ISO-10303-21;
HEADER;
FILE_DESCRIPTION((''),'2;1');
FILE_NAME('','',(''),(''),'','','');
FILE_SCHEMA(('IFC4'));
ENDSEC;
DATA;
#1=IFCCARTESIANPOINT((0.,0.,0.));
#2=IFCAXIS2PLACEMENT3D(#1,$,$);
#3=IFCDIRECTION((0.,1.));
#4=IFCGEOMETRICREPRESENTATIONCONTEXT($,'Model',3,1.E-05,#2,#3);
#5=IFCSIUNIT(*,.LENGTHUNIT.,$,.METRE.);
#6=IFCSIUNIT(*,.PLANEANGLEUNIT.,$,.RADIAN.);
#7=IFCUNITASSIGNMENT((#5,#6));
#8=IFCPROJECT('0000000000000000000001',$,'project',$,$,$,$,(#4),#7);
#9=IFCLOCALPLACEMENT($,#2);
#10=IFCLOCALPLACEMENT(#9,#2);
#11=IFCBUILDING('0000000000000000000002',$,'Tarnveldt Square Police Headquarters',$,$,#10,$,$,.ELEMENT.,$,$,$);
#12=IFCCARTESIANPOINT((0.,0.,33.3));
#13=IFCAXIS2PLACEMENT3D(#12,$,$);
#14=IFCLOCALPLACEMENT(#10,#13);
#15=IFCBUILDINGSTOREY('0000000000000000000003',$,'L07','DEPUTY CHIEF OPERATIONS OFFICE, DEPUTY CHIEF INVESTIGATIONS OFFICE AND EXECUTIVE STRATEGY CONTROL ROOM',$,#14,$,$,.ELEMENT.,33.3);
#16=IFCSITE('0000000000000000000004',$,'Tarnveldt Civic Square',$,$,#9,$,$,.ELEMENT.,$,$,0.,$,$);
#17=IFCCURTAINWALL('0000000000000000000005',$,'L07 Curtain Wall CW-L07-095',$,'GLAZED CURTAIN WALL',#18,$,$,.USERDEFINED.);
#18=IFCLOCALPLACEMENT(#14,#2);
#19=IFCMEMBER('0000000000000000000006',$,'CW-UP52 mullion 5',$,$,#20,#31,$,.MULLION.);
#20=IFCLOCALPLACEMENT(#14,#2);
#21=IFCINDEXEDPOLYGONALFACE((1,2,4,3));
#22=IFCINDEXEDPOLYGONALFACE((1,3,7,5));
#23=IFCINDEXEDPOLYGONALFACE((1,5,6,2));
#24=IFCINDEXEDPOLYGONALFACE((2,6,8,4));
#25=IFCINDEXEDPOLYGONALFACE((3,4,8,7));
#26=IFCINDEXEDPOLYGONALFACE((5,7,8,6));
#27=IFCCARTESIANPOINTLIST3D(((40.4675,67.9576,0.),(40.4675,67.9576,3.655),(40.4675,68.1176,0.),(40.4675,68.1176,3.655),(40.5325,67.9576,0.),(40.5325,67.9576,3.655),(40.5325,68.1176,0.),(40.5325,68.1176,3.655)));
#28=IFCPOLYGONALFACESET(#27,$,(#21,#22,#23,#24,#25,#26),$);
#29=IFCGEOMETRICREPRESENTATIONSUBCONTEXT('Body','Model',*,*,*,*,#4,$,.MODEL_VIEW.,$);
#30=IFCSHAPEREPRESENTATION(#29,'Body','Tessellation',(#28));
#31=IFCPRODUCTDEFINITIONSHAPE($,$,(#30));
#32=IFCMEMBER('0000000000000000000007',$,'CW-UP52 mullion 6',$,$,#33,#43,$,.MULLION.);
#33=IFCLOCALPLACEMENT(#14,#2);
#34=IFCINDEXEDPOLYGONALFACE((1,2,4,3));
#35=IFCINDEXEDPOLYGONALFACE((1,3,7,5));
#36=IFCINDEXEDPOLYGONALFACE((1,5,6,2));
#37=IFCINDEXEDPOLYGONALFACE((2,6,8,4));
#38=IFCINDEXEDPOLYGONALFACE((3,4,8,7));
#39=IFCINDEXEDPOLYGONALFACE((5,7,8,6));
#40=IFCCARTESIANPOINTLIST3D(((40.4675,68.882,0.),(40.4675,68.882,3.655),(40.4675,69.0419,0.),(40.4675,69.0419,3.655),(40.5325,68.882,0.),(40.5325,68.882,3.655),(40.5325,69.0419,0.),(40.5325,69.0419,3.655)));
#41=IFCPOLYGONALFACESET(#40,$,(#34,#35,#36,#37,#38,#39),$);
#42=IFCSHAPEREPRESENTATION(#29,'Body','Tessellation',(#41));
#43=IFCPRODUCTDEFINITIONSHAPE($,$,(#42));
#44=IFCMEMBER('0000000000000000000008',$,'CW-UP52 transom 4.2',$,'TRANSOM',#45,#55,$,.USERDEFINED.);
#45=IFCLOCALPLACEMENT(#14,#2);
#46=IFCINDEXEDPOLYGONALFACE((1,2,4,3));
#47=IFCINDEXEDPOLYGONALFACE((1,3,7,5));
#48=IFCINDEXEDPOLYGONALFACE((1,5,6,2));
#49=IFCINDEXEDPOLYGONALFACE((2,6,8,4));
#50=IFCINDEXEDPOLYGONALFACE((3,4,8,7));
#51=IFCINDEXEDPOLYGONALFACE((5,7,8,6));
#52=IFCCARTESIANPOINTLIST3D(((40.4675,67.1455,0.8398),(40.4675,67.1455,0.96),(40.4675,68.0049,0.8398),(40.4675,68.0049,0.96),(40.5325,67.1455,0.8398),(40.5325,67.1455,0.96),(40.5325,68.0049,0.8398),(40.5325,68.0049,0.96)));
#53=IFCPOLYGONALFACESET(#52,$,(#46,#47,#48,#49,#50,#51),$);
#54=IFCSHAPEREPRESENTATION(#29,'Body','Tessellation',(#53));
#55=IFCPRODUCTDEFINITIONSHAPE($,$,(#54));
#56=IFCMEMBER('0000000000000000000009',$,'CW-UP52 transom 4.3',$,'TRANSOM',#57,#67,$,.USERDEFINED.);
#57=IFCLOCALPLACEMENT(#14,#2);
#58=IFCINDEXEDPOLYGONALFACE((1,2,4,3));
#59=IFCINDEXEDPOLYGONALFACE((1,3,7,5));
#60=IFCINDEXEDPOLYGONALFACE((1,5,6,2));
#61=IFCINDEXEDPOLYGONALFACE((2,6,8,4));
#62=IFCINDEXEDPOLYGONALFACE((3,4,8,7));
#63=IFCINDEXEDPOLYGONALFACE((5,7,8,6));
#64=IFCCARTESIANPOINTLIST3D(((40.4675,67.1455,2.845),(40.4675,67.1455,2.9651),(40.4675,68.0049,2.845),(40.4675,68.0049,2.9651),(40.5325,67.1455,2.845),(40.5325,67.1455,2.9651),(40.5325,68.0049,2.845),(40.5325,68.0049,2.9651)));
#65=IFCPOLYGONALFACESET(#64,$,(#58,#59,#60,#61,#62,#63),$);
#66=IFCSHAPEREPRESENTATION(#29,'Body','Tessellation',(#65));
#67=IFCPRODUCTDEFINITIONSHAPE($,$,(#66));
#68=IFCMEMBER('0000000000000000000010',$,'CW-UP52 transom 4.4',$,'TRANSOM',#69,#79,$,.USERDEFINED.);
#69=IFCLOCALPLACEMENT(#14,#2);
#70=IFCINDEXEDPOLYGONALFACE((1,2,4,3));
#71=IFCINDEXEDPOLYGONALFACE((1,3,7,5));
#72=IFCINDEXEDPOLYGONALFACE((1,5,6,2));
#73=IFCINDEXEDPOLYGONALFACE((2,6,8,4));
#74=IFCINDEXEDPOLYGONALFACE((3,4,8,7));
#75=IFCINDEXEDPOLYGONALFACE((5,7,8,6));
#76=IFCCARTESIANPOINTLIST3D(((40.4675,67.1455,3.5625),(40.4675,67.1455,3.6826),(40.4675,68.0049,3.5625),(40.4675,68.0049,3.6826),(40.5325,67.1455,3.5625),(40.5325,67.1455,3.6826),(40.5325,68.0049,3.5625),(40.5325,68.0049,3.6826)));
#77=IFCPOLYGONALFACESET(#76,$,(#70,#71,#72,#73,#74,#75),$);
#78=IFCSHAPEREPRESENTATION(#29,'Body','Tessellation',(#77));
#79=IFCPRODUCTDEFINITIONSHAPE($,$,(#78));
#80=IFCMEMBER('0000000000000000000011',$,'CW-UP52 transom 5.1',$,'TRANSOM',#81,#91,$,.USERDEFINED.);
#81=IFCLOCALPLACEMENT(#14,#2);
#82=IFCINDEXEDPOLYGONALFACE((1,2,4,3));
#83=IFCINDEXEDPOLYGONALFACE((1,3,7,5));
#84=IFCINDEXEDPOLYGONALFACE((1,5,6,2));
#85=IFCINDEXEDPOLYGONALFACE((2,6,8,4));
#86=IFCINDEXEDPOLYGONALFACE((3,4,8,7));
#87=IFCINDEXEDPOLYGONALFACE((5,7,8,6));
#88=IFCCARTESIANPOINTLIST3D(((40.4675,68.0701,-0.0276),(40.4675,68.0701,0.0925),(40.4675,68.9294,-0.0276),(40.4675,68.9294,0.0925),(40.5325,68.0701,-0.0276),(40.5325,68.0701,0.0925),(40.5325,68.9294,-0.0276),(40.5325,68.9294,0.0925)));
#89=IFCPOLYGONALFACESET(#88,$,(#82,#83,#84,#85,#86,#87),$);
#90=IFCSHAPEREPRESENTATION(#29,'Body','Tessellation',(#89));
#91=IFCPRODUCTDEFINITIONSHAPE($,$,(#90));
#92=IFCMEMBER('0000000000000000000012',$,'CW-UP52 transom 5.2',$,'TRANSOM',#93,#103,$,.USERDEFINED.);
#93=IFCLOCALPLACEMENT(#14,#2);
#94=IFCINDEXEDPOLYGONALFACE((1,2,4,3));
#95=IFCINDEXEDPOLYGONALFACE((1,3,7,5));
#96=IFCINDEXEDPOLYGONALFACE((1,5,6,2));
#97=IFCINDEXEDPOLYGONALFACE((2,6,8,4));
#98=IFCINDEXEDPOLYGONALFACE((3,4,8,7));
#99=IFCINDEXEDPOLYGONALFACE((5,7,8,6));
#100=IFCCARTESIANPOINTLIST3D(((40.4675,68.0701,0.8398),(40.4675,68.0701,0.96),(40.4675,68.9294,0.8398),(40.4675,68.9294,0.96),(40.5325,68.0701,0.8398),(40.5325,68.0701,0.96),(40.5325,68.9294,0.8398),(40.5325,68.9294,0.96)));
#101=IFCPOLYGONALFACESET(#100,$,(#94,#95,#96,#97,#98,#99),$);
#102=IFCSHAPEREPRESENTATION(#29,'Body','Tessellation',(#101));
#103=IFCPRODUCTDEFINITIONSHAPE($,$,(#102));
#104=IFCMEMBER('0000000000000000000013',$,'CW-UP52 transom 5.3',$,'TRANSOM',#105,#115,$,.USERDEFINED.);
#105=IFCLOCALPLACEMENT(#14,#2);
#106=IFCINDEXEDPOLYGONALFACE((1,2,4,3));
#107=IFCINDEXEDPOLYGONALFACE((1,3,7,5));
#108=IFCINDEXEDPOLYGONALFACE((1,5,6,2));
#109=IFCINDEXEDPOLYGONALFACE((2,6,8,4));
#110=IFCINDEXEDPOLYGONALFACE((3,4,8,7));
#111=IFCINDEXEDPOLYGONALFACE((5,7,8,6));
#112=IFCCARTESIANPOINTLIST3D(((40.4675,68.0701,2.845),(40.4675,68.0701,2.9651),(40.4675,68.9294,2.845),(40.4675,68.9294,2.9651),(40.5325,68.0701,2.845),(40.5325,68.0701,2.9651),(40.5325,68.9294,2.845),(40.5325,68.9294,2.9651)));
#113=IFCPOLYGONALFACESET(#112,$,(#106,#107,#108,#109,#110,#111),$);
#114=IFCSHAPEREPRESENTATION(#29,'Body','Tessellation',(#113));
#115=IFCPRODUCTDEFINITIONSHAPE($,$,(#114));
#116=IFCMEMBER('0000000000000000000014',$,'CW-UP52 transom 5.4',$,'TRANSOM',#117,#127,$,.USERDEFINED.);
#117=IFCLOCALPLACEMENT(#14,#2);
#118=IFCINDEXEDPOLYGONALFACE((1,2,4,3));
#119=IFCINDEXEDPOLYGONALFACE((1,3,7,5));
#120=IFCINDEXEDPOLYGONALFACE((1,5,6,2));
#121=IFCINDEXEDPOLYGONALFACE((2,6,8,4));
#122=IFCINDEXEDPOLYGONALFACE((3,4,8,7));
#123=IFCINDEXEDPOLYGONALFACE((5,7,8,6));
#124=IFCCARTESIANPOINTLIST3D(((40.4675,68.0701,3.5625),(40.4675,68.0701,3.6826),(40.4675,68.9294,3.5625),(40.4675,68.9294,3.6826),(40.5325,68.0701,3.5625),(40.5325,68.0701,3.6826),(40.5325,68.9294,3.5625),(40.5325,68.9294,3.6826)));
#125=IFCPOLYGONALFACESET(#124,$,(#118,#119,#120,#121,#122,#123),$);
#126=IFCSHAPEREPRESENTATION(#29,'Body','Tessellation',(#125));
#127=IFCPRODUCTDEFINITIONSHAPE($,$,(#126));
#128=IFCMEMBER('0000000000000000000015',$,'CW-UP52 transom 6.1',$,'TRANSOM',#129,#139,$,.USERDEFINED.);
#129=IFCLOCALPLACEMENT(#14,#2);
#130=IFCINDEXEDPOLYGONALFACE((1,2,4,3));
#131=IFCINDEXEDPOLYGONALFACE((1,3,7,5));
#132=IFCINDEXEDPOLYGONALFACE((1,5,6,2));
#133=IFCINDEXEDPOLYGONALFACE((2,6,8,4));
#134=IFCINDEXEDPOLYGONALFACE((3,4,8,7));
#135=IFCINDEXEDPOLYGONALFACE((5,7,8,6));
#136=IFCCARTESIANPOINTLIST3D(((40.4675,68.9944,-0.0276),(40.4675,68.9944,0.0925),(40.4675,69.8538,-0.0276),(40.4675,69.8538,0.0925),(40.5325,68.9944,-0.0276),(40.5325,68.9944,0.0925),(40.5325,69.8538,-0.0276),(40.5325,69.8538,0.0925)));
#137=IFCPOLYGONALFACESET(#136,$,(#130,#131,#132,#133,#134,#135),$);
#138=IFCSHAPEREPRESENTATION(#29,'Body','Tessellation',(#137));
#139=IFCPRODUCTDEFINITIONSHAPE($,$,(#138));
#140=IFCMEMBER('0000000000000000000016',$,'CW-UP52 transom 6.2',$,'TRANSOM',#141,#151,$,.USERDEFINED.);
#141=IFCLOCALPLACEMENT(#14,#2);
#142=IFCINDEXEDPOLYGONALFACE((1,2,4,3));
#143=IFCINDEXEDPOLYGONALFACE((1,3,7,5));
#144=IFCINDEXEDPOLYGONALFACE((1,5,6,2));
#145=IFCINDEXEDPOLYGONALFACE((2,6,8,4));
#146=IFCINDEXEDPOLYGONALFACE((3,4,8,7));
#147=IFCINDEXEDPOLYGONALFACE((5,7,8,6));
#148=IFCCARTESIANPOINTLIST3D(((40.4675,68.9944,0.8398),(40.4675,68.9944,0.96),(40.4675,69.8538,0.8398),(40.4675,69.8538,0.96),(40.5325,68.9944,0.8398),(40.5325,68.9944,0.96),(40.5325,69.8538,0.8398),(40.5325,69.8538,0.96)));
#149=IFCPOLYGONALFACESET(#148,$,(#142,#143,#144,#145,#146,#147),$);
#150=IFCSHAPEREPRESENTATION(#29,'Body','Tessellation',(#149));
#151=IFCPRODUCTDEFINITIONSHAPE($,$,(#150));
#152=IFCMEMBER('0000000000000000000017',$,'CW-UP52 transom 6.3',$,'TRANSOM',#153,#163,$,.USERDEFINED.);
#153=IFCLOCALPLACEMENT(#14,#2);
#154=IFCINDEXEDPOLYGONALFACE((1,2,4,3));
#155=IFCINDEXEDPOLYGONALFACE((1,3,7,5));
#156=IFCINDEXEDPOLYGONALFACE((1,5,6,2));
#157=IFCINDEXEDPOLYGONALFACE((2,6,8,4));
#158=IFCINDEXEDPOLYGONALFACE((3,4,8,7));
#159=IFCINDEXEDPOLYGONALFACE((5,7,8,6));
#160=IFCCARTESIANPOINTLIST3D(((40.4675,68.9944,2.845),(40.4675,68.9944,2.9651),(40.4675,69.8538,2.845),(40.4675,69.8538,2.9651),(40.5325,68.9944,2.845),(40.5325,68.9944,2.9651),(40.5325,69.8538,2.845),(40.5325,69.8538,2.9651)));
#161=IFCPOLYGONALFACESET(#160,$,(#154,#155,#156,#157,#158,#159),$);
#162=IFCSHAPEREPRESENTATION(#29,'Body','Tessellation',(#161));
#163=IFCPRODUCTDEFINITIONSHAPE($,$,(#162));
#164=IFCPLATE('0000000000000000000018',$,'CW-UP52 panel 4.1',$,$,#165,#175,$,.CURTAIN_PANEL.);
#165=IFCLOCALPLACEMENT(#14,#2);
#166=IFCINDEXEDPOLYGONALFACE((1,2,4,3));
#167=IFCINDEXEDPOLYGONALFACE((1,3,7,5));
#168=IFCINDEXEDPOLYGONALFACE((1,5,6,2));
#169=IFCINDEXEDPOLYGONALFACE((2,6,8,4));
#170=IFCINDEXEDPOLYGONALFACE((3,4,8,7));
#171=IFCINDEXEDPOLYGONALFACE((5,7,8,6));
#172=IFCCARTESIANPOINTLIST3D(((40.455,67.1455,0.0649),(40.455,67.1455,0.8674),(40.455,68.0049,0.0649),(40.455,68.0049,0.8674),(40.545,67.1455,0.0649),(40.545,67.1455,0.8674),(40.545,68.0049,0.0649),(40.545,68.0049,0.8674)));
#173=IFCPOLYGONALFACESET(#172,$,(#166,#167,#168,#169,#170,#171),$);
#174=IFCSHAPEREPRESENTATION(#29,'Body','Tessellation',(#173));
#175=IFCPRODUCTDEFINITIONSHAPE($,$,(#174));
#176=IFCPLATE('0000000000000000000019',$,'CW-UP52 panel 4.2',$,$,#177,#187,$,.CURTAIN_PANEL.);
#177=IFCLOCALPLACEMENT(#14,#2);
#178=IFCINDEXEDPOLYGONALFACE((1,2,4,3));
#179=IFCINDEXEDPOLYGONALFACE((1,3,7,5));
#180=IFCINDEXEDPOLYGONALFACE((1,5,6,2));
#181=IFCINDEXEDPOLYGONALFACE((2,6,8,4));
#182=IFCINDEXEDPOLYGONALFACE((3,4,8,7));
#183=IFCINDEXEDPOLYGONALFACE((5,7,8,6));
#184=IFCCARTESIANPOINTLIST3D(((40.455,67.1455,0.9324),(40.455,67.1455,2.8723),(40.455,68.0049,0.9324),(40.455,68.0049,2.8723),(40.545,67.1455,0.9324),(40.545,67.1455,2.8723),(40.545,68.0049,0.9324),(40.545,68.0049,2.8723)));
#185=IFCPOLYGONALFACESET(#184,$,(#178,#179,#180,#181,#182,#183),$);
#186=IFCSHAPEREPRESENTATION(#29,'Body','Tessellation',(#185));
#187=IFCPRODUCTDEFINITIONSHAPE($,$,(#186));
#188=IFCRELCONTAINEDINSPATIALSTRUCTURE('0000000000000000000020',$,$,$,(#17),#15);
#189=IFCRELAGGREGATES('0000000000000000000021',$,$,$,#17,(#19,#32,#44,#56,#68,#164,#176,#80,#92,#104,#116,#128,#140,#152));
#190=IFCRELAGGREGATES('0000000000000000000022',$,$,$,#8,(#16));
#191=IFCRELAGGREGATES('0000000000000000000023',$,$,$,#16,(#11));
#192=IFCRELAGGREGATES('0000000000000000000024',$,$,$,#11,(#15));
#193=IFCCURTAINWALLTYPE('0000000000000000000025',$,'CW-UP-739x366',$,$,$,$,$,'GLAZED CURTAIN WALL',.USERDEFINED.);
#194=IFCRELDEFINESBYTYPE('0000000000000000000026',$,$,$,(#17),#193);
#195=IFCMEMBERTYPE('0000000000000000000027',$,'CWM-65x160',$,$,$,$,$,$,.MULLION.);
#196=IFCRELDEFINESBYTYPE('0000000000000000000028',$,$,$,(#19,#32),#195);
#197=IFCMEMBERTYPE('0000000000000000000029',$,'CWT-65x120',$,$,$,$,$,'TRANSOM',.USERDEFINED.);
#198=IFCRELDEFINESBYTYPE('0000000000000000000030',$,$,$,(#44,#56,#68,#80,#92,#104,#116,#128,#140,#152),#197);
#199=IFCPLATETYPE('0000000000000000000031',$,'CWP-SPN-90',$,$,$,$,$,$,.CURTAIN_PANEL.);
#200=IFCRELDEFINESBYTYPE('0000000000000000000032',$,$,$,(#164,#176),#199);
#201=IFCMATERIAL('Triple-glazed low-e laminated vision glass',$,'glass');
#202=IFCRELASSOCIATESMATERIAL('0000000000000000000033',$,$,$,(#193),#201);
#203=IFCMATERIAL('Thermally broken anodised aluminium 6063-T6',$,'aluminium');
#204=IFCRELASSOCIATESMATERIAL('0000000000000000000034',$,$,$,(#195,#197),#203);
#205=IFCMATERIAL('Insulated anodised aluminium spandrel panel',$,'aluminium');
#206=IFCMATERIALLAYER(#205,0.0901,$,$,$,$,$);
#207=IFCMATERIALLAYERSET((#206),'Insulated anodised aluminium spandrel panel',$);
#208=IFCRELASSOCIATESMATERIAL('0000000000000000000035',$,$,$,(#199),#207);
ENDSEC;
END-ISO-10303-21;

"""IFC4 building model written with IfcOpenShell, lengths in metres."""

from ifc_helpers import new_model, si_unit, direction, frame, origin, origin_2d, place, context, subcontext, project, spatial, rectangle, extrude, material, layer, layer_set, material_profile, profile_set, type_object, element, aggregate, save


model = new_model("IFC4")

# Units and contexts
model_context = context("Model", 3, precision=1e-05, world=origin(), true_north=direction((0.0, 1.0)))
body_context = subcontext(model_context, "Body", "Model", "MODEL_VIEW")
ifc_project = project(units=[si_unit("LENGTHUNIT", "METRE"), si_unit("PLANEANGLEUNIT", "RADIAN")], contexts=[model_context])

# Site, building, storey
site_placement = place(None, origin())
site = spatial("IfcSite", under=ifc_project, at=site_placement, Name="Tarnveldt Civic Square", CompositionType="ELEMENT", RefElevation=0.0)
building_placement = place(site_placement, origin())
building = spatial("IfcBuilding", under=site, at=building_placement, Name="Tarnveldt Square Police Headquarters", CompositionType="ELEMENT")
storey_placement = place(building_placement, frame((0.0, 0.0, 33.3)))
storey = spatial("IfcBuildingStorey", under=building, at=storey_placement, Name="L07", Description="DEPUTY CHIEF OPERATIONS OFFICE, DEPUTY CHIEF INVESTIGATIONS OFFICE AND EXECUTIVE STRATEGY CONTROL ROOM", CompositionType="ELEMENT", Elevation=33.3)

# Curtain wall, members, plates
ifc_material_1 = material(Name="Triple-glazed low-e laminated vision glass", Category="glass")
curtain_wall_type = type_object("IfcCurtainWallType", Name="CW-UP-739x366", ElementType="GLAZED CURTAIN WALL", PredefinedType="USERDEFINED", material=ifc_material_1)
curtain_wall_placement = place(storey_placement, origin())
curtain_wall = element("IfcCurtainWall", 1, at=curtain_wall_placement, inside=storey, type_object=curtain_wall_type, Name="L07 Curtain Wall CW-L07-095", ObjectType="GLAZED CURTAIN WALL", PredefinedType="USERDEFINED")
ifc_material_2 = material(Name="Thermally broken anodised aluminium 6063-T6", Category="aluminium")
ifc_material_profile_1 = material_profile(ifc_material_2, rectangle(XDim=0.0649, YDim=0.1599, at=origin_2d()), Name="CW-M65x160")
ifc_profile_set_1 = profile_set([ifc_material_profile_1], Name="Thermally broken anodised aluminium 6063-T6")
member_type_1 = type_object("IfcMemberType", Name="CWM-65x160", PredefinedType="MULLION", material=ifc_profile_set_1)
member_1_placement = place(storey_placement, frame((40.5, 68.0376, 0.0), z_axis=(0.0, 0.0, 1.0), x_axis=(-1.0, 0.0, 0.0)))
member_1 = element("IfcMember", 2, at=member_1_placement, type_object=member_type_1, Name="CW-UP52 mullion 5", PredefinedType="MULLION", context=body_context, shape_type="SweptSolid", body=[
    extrude(rectangle(XDim=0.0649, YDim=0.1599, at=origin_2d()), origin(), (0.0, 0.0, 1.0), 3.655),
])
member_2_placement = place(storey_placement, frame((40.5, 68.9619, 0.0), z_axis=(0.0, 0.0, 1.0), x_axis=(-1.0, 0.0, 0.0)))
member_2 = element("IfcMember", 3, at=member_2_placement, type_object=member_type_1, Name="CW-UP52 mullion 6", PredefinedType="MULLION", context=body_context, shape_type="SweptSolid", body=[
    extrude(rectangle(XDim=0.0649, YDim=0.1599, at=origin_2d()), origin(), (0.0, 0.0, 1.0), 3.655),
])
ifc_material_profile_2 = material_profile(ifc_material_2, rectangle(XDim=0.0649, YDim=0.1201, at=origin_2d()), Name="CW-T65x120")
ifc_profile_set_2 = profile_set([ifc_material_profile_2], Name="Thermally broken anodised aluminium 6063-T6")
member_type_2 = type_object("IfcMemberType", Name="CWT-65x120", ElementType="TRANSOM", PredefinedType="USERDEFINED", material=ifc_profile_set_2)
member_3_placement = place(storey_placement, frame((40.5, 67.1455, 0.8999), z_axis=(0.0, 1.0, 0.0), x_axis=(-1.0, 0.0, 0.0)))
member_3 = element("IfcMember", 4, at=member_3_placement, type_object=member_type_2, Name="CW-UP52 transom 4.2", ObjectType="TRANSOM", PredefinedType="USERDEFINED", context=body_context, shape_type="SweptSolid", body=[
    extrude(rectangle(XDim=0.0649, YDim=0.1201, at=origin_2d()), origin(), (0.0, 0.0, 1.0), 0.8594),
])
member_4_placement = place(storey_placement, frame((40.5, 67.1455, 2.905), z_axis=(0.0, 1.0, 0.0), x_axis=(-1.0, 0.0, 0.0)))
member_4 = element("IfcMember", 5, at=member_4_placement, type_object=member_type_2, Name="CW-UP52 transom 4.3", ObjectType="TRANSOM", PredefinedType="USERDEFINED", context=body_context, shape_type="SweptSolid", body=[
    extrude(rectangle(XDim=0.0649, YDim=0.1201, at=origin_2d()), origin(), (0.0, 0.0, 1.0), 0.8594),
])
member_5_placement = place(storey_placement, frame((40.5, 67.1455, 3.6226), z_axis=(0.0, 1.0, 0.0), x_axis=(-1.0, 0.0, 0.0)))
member_5 = element("IfcMember", 6, at=member_5_placement, type_object=member_type_2, Name="CW-UP52 transom 4.4", ObjectType="TRANSOM", PredefinedType="USERDEFINED", context=body_context, shape_type="SweptSolid", body=[
    extrude(rectangle(XDim=0.0649, YDim=0.1201, at=origin_2d()), origin(), (0.0, 0.0, 1.0), 0.8594),
])
member_6_placement = place(storey_placement, frame((40.5, 68.0701, 0.0325), z_axis=(0.0, 1.0, 0.0), x_axis=(-1.0, 0.0, 0.0)))
member_6 = element("IfcMember", 7, at=member_6_placement, type_object=member_type_2, Name="CW-UP52 transom 5.1", ObjectType="TRANSOM", PredefinedType="USERDEFINED", context=body_context, shape_type="SweptSolid", body=[
    extrude(rectangle(XDim=0.0649, YDim=0.1201, at=origin_2d()), origin(), (0.0, 0.0, 1.0), 0.8594),
])
member_7_placement = place(storey_placement, frame((40.5, 68.0701, 0.8999), z_axis=(0.0, 1.0, 0.0), x_axis=(-1.0, 0.0, 0.0)))
member_7 = element("IfcMember", 8, at=member_7_placement, type_object=member_type_2, Name="CW-UP52 transom 5.2", ObjectType="TRANSOM", PredefinedType="USERDEFINED", context=body_context, shape_type="SweptSolid", body=[
    extrude(rectangle(XDim=0.0649, YDim=0.1201, at=origin_2d()), origin(), (0.0, 0.0, 1.0), 0.8594),
])
member_8_placement = place(storey_placement, frame((40.5, 68.0701, 2.905), z_axis=(0.0, 1.0, 0.0), x_axis=(-1.0, 0.0, 0.0)))
member_8 = element("IfcMember", 9, at=member_8_placement, type_object=member_type_2, Name="CW-UP52 transom 5.3", ObjectType="TRANSOM", PredefinedType="USERDEFINED", context=body_context, shape_type="SweptSolid", body=[
    extrude(rectangle(XDim=0.0649, YDim=0.1201, at=origin_2d()), origin(), (0.0, 0.0, 1.0), 0.8594),
])
member_9_placement = place(storey_placement, frame((40.5, 68.0701, 3.6226), z_axis=(0.0, 1.0, 0.0), x_axis=(-1.0, 0.0, 0.0)))
member_9 = element("IfcMember", 10, at=member_9_placement, type_object=member_type_2, Name="CW-UP52 transom 5.4", ObjectType="TRANSOM", PredefinedType="USERDEFINED", context=body_context, shape_type="SweptSolid", body=[
    extrude(rectangle(XDim=0.0649, YDim=0.1201, at=origin_2d()), origin(), (0.0, 0.0, 1.0), 0.8594),
])
member_10_placement = place(storey_placement, frame((40.5, 68.9944, 0.0325), z_axis=(0.0, 1.0, 0.0), x_axis=(-1.0, 0.0, 0.0)))
member_10 = element("IfcMember", 11, at=member_10_placement, type_object=member_type_2, Name="CW-UP52 transom 6.1", ObjectType="TRANSOM", PredefinedType="USERDEFINED", context=body_context, shape_type="SweptSolid", body=[
    extrude(rectangle(XDim=0.0649, YDim=0.1201, at=origin_2d()), origin(), (0.0, 0.0, 1.0), 0.8594),
])
member_11_placement = place(storey_placement, frame((40.5, 68.9944, 0.8999), z_axis=(0.0, 1.0, 0.0), x_axis=(-1.0, 0.0, 0.0)))
member_11 = element("IfcMember", 12, at=member_11_placement, type_object=member_type_2, Name="CW-UP52 transom 6.2", ObjectType="TRANSOM", PredefinedType="USERDEFINED", context=body_context, shape_type="SweptSolid", body=[
    extrude(rectangle(XDim=0.0649, YDim=0.1201, at=origin_2d()), origin(), (0.0, 0.0, 1.0), 0.8594),
])
member_12_placement = place(storey_placement, frame((40.5, 68.9944, 2.905), z_axis=(0.0, 1.0, 0.0), x_axis=(-1.0, 0.0, 0.0)))
member_12 = element("IfcMember", 13, at=member_12_placement, type_object=member_type_2, Name="CW-UP52 transom 6.3", ObjectType="TRANSOM", PredefinedType="USERDEFINED", context=body_context, shape_type="SweptSolid", body=[
    extrude(rectangle(XDim=0.0649, YDim=0.1201, at=origin_2d()), origin(), (0.0, 0.0, 1.0), 0.8594),
])
ifc_material_3 = material(Name="Insulated anodised aluminium spandrel panel", Category="aluminium")
ifc_layer_1 = layer(ifc_material_3, 0.0901)
ifc_layer_set_1 = layer_set([ifc_layer_1], Name="Insulated anodised aluminium spandrel panel")
plate_type = type_object("IfcPlateType", Name="CWP-SPN-90", PredefinedType="CURTAIN_PANEL", material=ifc_layer_set_1)
plate_1_placement = place(storey_placement, frame((40.5, 67.5752, 0.0649), z_axis=(0.0, 0.0, 1.0), x_axis=(0.0, 1.0, 0.0)))
plate_1 = element("IfcPlate", 14, at=plate_1_placement, type_object=plate_type, Name="CW-UP52 panel 4.1", PredefinedType="CURTAIN_PANEL", context=body_context, shape_type="SweptSolid", body=[
    extrude(rectangle(XDim=0.8594, YDim=0.0901, at=origin_2d()), origin(), (0.0, 0.0, 1.0), 0.8025),
])
plate_2_placement = place(storey_placement, frame((40.5, 67.5752, 0.9324), z_axis=(0.0, 0.0, 1.0), x_axis=(0.0, 1.0, 0.0)))
plate_2 = element("IfcPlate", 15, at=plate_2_placement, type_object=plate_type, Name="CW-UP52 panel 4.2", PredefinedType="CURTAIN_PANEL", context=body_context, shape_type="SweptSolid", body=[
    extrude(rectangle(XDim=0.8594, YDim=0.0901, at=origin_2d()), origin(), (0.0, 0.0, 1.0), 1.9399),
])
aggregate(curtain_wall, [member_1, member_2, member_3, member_4, member_5, plate_1, plate_2, member_6, member_7, member_8, member_9, member_10, member_11, member_12])

save(model, "model.ifc")
